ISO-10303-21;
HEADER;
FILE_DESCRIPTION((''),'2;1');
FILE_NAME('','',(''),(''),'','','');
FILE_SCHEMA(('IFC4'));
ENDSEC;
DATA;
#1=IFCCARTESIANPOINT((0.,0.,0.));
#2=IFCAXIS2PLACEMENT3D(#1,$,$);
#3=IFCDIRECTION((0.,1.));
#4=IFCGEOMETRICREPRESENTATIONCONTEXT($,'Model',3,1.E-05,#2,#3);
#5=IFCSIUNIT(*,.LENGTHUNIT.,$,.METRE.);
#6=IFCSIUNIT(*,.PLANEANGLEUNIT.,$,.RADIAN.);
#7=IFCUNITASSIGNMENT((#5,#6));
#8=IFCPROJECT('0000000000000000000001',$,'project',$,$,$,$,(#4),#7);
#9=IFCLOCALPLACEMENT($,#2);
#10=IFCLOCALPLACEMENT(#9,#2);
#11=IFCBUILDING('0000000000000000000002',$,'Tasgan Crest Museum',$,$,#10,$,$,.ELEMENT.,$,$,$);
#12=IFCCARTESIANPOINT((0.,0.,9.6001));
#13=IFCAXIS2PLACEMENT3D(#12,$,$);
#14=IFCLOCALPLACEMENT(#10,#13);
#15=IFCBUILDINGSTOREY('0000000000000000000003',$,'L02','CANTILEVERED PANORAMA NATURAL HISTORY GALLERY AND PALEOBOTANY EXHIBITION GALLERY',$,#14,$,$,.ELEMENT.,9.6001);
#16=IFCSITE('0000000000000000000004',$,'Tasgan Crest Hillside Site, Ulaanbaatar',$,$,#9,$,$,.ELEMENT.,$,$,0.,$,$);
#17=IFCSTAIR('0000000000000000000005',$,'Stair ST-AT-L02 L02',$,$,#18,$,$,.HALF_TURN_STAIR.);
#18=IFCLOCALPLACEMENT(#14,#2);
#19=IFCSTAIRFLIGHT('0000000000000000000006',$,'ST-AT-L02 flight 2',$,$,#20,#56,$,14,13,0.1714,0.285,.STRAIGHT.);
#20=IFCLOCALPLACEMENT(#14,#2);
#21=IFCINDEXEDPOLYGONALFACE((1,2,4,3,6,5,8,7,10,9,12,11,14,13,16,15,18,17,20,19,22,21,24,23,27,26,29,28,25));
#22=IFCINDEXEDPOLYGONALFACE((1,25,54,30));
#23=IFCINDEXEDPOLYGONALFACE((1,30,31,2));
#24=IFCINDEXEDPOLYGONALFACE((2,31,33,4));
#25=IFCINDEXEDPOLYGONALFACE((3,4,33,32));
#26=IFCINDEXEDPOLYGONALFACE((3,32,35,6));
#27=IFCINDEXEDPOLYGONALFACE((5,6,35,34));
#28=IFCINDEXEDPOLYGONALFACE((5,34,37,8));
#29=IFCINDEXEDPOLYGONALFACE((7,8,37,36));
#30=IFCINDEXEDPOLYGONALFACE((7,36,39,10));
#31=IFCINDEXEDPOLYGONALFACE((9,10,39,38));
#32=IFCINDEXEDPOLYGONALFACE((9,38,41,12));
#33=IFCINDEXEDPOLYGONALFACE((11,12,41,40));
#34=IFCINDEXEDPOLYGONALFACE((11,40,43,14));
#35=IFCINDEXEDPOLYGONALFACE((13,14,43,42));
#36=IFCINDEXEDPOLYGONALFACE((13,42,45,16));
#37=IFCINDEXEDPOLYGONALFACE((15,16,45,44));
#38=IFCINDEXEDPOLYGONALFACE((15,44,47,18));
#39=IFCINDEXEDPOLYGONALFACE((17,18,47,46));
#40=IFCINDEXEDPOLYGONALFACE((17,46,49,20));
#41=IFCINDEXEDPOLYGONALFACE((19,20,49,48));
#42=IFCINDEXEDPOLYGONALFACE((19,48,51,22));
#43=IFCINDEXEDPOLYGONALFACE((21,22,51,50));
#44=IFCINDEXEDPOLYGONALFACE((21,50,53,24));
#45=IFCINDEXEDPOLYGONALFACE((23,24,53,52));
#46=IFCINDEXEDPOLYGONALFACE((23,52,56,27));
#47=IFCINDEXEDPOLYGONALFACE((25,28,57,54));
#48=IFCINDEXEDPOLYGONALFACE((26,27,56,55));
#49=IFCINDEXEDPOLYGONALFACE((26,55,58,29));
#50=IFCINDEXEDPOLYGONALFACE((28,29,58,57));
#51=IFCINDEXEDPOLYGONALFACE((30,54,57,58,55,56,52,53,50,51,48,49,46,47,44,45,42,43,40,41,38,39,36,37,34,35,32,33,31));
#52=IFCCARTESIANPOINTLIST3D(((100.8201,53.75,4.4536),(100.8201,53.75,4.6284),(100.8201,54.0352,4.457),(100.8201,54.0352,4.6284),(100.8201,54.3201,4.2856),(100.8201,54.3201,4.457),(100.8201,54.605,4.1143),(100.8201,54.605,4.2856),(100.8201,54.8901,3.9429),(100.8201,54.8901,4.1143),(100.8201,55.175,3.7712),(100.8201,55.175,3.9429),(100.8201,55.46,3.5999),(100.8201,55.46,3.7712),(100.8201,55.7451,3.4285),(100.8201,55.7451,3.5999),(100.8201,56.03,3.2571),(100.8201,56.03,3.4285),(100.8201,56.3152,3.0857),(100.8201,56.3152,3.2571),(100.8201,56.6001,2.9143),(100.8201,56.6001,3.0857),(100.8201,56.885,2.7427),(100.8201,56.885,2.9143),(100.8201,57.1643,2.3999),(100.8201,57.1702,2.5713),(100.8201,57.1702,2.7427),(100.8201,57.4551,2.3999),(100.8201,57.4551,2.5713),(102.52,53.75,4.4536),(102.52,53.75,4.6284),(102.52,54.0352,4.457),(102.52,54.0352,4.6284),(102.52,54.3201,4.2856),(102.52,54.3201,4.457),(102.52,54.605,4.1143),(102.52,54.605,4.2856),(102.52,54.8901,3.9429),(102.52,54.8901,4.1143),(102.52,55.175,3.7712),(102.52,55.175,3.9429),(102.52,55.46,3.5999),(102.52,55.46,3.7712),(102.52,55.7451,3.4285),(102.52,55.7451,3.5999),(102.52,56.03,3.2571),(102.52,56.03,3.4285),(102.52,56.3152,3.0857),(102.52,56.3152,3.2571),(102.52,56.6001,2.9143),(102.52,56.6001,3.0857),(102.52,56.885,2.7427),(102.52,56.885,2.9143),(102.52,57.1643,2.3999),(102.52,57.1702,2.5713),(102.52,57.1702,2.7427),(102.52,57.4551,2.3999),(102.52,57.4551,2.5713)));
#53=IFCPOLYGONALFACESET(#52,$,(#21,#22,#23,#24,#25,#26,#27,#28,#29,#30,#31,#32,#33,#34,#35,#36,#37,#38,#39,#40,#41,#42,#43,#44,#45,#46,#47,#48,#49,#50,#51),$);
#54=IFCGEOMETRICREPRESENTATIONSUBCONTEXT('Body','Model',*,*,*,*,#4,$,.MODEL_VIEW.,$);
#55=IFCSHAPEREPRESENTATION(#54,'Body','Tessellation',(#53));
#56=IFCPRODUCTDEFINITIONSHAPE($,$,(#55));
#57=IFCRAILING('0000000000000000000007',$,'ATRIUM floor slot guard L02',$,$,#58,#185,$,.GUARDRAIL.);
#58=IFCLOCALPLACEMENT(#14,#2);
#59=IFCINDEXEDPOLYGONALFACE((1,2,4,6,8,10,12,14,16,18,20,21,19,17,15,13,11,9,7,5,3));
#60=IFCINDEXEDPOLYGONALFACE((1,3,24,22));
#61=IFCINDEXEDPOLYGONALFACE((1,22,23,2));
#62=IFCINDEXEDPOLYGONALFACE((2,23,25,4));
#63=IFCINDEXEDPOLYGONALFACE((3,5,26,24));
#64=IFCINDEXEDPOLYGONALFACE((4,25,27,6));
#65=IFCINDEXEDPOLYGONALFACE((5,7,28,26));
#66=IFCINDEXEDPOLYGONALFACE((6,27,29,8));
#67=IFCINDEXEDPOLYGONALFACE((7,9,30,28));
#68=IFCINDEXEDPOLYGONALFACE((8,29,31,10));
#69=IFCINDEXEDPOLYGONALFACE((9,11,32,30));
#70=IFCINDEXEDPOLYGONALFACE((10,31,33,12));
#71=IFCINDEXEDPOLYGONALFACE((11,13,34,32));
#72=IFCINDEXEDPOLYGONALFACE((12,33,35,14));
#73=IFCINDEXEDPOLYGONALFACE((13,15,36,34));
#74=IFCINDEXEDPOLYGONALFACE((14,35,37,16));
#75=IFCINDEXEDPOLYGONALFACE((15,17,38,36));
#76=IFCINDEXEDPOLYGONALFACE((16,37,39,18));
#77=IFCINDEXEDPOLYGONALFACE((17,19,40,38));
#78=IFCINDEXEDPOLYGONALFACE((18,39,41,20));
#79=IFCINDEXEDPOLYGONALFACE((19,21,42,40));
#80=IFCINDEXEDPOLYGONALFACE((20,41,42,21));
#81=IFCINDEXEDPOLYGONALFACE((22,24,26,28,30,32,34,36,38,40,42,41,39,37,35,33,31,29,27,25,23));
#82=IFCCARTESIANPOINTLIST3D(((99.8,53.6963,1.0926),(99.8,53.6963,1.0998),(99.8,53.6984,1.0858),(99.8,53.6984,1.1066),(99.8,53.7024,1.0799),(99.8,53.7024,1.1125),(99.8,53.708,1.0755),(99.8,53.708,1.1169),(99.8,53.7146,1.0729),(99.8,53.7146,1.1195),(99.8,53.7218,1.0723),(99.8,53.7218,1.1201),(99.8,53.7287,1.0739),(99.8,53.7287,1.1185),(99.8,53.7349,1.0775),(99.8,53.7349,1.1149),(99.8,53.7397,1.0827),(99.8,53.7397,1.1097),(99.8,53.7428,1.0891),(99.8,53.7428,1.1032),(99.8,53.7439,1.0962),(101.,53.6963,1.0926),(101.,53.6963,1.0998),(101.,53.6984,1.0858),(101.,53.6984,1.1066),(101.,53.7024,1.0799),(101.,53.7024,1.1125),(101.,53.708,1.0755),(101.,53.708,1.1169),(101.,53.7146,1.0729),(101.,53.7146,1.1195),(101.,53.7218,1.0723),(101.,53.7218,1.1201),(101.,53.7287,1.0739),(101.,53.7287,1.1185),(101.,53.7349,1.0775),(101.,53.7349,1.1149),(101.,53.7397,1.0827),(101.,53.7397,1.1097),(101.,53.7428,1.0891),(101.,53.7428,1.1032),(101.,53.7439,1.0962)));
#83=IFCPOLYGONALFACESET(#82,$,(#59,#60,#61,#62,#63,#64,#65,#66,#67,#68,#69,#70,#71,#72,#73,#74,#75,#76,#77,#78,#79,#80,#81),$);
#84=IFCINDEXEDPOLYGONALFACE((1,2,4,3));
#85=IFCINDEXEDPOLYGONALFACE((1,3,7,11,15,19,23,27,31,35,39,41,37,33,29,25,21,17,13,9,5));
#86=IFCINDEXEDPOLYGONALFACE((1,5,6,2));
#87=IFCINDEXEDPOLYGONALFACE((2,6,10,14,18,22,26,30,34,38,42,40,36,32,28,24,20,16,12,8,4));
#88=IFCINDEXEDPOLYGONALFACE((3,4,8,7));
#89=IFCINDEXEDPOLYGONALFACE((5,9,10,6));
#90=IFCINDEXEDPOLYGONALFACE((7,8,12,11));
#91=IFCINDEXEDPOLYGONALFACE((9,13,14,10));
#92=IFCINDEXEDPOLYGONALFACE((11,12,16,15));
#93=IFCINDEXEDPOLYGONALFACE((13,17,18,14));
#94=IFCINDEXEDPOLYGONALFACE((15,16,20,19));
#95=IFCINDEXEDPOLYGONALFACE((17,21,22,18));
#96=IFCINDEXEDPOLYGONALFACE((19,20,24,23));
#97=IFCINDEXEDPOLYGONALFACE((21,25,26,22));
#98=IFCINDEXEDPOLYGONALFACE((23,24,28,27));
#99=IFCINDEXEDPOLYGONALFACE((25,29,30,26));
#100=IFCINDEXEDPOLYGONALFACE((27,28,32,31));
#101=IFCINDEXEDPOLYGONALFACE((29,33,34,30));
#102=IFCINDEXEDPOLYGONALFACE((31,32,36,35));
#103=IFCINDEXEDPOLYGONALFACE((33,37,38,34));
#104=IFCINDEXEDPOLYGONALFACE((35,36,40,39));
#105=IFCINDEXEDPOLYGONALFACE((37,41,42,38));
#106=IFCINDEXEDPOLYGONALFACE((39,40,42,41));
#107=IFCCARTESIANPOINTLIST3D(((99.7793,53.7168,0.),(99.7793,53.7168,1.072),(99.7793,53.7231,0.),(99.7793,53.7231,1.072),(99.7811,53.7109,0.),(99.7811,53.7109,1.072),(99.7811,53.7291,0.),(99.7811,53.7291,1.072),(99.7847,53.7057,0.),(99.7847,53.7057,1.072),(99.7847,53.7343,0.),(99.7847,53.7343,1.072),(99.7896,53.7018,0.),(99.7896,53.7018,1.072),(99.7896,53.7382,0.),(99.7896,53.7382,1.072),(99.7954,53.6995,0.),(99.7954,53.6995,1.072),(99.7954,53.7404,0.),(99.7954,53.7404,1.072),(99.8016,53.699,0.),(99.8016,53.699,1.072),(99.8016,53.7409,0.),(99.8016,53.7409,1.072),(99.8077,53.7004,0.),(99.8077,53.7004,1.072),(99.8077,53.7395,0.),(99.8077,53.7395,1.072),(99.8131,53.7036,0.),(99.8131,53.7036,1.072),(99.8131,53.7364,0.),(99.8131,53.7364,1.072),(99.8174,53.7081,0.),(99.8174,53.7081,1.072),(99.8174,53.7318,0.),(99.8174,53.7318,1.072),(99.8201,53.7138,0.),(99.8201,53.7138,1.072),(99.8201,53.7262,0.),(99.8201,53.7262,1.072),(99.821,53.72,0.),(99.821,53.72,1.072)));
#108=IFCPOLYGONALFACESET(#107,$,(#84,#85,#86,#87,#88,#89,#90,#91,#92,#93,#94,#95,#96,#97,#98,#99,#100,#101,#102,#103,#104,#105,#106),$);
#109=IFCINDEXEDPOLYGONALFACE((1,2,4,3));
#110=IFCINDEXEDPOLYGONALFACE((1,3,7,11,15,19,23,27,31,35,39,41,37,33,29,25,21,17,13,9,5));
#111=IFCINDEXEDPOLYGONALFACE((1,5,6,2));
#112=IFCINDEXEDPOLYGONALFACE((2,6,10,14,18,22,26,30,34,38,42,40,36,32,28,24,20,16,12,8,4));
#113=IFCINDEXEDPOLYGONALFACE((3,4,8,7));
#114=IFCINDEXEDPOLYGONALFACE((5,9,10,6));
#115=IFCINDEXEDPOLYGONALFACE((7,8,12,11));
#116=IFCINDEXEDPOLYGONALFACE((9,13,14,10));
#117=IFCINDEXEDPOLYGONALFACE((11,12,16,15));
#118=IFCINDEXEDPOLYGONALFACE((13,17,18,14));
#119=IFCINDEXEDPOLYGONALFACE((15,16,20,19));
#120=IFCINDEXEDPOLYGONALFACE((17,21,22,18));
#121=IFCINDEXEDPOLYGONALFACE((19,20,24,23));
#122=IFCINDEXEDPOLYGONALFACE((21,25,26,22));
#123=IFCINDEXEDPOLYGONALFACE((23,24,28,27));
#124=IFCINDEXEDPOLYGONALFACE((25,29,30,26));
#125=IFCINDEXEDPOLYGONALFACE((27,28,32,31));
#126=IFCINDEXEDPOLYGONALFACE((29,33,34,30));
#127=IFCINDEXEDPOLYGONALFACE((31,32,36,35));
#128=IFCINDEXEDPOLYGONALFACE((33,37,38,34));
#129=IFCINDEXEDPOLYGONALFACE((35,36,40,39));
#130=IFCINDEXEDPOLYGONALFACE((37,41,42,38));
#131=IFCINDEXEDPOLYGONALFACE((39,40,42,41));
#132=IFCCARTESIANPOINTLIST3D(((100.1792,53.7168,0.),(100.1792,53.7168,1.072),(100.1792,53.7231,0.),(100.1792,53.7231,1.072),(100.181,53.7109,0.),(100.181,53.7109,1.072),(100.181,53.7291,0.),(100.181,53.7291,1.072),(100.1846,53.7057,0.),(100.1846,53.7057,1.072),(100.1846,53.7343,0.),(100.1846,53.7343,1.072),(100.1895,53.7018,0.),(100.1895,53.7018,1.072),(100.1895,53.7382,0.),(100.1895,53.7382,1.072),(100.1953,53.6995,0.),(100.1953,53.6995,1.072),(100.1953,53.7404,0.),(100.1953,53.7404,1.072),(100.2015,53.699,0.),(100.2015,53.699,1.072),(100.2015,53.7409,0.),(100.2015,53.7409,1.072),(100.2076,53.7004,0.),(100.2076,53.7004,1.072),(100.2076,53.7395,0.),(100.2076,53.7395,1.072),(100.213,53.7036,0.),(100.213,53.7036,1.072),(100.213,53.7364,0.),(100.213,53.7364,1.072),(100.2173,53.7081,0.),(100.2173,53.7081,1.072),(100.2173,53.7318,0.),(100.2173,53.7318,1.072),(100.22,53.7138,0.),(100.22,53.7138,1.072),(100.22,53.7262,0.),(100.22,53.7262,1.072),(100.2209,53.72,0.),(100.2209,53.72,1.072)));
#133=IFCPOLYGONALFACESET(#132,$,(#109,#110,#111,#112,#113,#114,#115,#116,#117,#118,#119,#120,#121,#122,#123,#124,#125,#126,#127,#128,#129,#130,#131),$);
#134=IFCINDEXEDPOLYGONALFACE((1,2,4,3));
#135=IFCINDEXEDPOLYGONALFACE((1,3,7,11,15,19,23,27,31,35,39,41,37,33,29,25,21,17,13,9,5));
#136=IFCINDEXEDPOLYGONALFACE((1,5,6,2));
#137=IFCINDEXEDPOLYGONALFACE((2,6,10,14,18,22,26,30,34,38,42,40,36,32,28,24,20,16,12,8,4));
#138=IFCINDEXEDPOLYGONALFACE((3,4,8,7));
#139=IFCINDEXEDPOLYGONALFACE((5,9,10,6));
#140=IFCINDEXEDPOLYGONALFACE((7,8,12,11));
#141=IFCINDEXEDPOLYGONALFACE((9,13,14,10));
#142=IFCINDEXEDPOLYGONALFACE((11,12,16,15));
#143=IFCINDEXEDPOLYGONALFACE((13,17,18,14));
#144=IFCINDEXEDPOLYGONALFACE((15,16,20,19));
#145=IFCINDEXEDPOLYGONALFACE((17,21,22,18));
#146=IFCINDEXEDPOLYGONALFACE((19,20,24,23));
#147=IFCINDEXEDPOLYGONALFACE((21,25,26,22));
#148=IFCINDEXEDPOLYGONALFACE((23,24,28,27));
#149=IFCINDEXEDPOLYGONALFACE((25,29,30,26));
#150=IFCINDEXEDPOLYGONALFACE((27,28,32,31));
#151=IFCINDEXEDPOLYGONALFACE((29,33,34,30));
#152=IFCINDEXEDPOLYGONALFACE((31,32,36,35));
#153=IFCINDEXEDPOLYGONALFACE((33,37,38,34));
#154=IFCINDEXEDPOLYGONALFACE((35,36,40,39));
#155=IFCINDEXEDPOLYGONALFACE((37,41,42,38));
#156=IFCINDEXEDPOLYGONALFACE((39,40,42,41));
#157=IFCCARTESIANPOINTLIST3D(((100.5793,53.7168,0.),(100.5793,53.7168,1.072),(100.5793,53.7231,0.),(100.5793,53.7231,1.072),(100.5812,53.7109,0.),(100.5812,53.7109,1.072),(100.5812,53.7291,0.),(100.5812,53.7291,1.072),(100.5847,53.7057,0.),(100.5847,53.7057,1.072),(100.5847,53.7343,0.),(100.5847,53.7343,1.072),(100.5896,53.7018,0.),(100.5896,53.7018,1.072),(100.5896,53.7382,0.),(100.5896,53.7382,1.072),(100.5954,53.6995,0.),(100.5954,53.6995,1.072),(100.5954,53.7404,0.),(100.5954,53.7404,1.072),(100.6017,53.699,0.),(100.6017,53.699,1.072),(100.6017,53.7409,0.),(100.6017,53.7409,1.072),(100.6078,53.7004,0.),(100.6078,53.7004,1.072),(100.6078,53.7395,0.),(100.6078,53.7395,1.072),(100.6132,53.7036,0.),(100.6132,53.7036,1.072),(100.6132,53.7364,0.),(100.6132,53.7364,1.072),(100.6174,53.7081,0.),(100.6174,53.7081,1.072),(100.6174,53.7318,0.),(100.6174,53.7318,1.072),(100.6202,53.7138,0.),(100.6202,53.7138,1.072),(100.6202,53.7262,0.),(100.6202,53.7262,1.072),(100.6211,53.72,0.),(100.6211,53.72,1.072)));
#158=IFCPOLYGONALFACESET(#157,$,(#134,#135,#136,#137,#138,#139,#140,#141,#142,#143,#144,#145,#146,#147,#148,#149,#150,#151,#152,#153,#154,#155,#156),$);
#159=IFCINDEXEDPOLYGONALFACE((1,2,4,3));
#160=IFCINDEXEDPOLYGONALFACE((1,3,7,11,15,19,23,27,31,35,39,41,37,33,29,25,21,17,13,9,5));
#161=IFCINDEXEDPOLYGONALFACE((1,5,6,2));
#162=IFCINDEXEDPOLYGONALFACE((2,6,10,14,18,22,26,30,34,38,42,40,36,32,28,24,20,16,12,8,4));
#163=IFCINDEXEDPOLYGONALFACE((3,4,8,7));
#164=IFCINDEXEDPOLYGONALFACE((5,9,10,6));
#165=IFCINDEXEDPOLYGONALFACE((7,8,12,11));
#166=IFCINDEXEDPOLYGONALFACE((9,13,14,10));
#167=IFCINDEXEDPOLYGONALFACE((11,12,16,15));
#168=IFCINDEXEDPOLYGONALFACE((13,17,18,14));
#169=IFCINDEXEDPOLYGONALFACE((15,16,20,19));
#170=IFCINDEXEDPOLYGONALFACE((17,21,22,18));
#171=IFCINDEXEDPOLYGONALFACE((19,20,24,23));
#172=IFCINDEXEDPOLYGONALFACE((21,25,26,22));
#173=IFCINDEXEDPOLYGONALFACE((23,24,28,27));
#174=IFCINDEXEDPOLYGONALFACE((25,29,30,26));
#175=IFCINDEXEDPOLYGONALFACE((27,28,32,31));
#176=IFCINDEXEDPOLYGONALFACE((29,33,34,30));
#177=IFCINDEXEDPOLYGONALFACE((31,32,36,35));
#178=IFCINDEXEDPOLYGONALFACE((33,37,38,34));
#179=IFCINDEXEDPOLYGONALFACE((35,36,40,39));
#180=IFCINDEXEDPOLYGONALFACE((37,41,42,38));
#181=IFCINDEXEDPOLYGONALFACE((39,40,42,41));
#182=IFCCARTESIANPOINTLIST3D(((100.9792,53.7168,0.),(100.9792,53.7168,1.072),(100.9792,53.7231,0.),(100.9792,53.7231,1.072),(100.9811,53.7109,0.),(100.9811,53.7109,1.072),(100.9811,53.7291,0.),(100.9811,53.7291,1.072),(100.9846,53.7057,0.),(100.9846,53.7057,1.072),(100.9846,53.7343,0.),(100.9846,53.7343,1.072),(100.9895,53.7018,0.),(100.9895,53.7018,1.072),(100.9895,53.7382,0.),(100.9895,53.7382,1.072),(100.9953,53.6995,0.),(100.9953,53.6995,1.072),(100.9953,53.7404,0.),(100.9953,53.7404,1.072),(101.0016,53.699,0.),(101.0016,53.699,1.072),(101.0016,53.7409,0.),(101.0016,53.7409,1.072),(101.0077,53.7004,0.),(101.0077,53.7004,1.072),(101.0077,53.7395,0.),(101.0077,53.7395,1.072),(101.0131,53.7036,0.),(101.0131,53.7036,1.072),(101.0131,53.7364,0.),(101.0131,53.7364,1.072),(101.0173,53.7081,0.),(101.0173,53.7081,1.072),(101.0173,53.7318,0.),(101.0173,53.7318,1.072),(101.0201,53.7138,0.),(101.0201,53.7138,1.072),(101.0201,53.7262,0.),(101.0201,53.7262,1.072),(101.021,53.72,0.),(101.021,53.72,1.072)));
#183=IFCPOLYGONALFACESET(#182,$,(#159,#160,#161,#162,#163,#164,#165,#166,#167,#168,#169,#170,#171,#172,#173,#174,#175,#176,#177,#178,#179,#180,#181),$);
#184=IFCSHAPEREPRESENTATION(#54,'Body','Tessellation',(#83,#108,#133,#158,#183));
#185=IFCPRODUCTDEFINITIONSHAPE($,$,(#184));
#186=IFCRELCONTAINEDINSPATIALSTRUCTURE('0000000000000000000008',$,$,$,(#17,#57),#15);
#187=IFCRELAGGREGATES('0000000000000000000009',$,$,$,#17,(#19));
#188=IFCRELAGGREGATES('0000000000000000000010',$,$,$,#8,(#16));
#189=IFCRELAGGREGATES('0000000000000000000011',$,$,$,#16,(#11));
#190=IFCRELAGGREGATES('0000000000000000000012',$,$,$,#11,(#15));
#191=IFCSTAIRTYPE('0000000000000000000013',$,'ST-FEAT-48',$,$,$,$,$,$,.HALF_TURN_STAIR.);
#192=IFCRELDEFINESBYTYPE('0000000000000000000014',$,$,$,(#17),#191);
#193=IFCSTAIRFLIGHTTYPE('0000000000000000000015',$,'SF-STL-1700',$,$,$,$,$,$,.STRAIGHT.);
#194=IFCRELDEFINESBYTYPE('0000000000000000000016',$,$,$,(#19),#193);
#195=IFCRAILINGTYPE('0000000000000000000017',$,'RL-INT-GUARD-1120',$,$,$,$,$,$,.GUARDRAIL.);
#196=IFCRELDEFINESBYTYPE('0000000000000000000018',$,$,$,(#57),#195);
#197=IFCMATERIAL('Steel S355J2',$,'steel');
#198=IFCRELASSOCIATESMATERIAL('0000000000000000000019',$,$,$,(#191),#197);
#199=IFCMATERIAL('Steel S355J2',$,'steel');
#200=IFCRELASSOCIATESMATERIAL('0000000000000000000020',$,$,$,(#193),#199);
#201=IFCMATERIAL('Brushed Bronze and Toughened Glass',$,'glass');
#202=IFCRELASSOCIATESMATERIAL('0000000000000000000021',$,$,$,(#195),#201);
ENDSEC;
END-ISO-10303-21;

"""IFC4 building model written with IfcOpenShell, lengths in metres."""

from ifc_helpers import new_model, si_unit, direction, frame, origin, origin_2d, place, context, subcontext, project, spatial, polyline, circle, outline, extrude, material, type_object, element, aggregate, save


model = new_model("IFC4")

# Units and contexts
model_context = context("Model", 3, precision=1e-05, world=origin(), true_north=direction((0.0, 1.0)))
body_context = subcontext(model_context, "Body", "Model", "MODEL_VIEW")
ifc_project = project(units=[si_unit("LENGTHUNIT", "METRE"), si_unit("PLANEANGLEUNIT", "RADIAN")], contexts=[model_context])

# Site, building, storey
site_placement = place(None, origin())
site = spatial("IfcSite", under=ifc_project, at=site_placement, Name="Tasgan Crest Hillside Site, Ulaanbaatar", CompositionType="ELEMENT", RefElevation=0.0)
building_placement = place(site_placement, origin())
building = spatial("IfcBuilding", under=site, at=building_placement, Name="Tasgan Crest Museum", CompositionType="ELEMENT")
storey_placement = place(building_placement, frame((0.0, 0.0, 9.6001)))
storey = spatial("IfcBuildingStorey", under=building, at=storey_placement, Name="L02", Description="CANTILEVERED PANORAMA NATURAL HISTORY GALLERY AND PALEOBOTANY EXHIBITION GALLERY", CompositionType="ELEMENT", Elevation=9.6001)

# Stair, stair flight
ifc_material_1 = material(Name="Steel S355J2", Category="steel")
stair_type_1 = type_object("IfcStairType", Name="ST-FEAT-48", PredefinedType="HALF_TURN_STAIR", material=ifc_material_1)
stair_1_placement = place(storey_placement, origin())
stair_1 = element("IfcStair", 1, at=stair_1_placement, inside=storey, type_object=stair_type_1, Name="Stair ST-AT-L02 L02", PredefinedType="HALF_TURN_STAIR")
ifc_material_2 = material(Name="Steel S355J2", Category="steel")
stair_flight_type_1 = type_object("IfcStairFlightType", Name="SF-STL-1700", PredefinedType="STRAIGHT", material=ifc_material_2)
stair_flight_1_placement = place(storey_placement, frame((101.6699, 57.4551, 2.3999), z_axis=(0.0, 0.0, 1.0), x_axis=(0.0, -1.0, 0.0)))
stair_flight_1 = element("IfcStairFlight", 2, at=stair_flight_1_placement, type_object=stair_flight_type_1, Name="ST-AT-L02 flight 2", NumberOfRisers=14, NumberOfTreads=13, PredefinedType="STRAIGHT", RiserHeight=0.1714, TreadLength=0.285, context=body_context, shape_type="SweptSolid", body=[
    extrude(outline(polyline([(0.0, 0.0), (0.0, 0.1714), (0.2849, 0.1714), (0.2849, 0.3428), (0.5701, 0.3428), (0.5701, 0.5144), (0.855, 0.5144), (0.855, 0.6858), (1.1399, 0.6858), (1.1399, 0.8572), (1.425, 0.8572), (1.425, 1.0286), (1.71, 1.0286), (1.71, 1.2), (1.9951, 1.2), (1.9951, 1.3713), (2.28, 1.3713), (2.28, 1.543), (2.5649, 1.543), (2.5649, 1.7144), (2.8501, 1.7144), (2.8501, 1.8857), (3.135, 1.8857), (3.135, 2.0571), (3.4199, 2.0571), (3.4199, 2.2285), (3.7051, 2.2285), (3.7051, 2.3999), (3.7051, 2.0537), (0.2908, 0.0), (0.0, 0.0)])), frame((0.0, 0.8501, 0.0), z_axis=(0.0, -1.0, 0.0), x_axis=(1.0, 0.0, 0.0)), (0.0, 0.0, 1.0), 1.7),
])
aggregate(stair_1, [stair_flight_1])

# Railing
ifc_material_3 = material(Name="Brushed Bronze and Toughened Glass", Category="glass")
railing_type_1 = type_object("IfcRailingType", Name="RL-INT-GUARD-1120", PredefinedType="GUARDRAIL", material=ifc_material_3)
railing_1_placement = place(storey_placement, frame((99.8, 53.72, 0.0)))
element("IfcRailing", 3, at=railing_1_placement, inside=storey, type_object=railing_type_1, Name="ATRIUM floor slot guard L02", PredefinedType="GUARDRAIL", context=body_context, shape_type="SweptSolid", body=[
    extrude(circle(Radius=0.0239, at=origin_2d()), frame((0.0, 0.0, 1.0962), z_axis=(1.0, 0.0, 0.0), x_axis=(0.0, 1.0, 0.0)), (0.0, 0.0, 1.0), 1.2),
    extrude(circle(Radius=0.021, at=origin_2d()), origin(), (0.0, 0.0, 1.0), 1.072),
    extrude(circle(Radius=0.021, at=origin_2d()), frame((0.3999, 0.0, 0.0)), (0.0, 0.0, 1.0), 1.072),
    extrude(circle(Radius=0.021, at=origin_2d()), frame((0.8, 0.0, 0.0)), (0.0, 0.0, 1.0), 1.072),
    extrude(circle(Radius=0.021, at=origin_2d()), frame((1.2, 0.0, 0.0)), (0.0, 0.0, 1.0), 1.072),
])

save(model, "model.ifc")
